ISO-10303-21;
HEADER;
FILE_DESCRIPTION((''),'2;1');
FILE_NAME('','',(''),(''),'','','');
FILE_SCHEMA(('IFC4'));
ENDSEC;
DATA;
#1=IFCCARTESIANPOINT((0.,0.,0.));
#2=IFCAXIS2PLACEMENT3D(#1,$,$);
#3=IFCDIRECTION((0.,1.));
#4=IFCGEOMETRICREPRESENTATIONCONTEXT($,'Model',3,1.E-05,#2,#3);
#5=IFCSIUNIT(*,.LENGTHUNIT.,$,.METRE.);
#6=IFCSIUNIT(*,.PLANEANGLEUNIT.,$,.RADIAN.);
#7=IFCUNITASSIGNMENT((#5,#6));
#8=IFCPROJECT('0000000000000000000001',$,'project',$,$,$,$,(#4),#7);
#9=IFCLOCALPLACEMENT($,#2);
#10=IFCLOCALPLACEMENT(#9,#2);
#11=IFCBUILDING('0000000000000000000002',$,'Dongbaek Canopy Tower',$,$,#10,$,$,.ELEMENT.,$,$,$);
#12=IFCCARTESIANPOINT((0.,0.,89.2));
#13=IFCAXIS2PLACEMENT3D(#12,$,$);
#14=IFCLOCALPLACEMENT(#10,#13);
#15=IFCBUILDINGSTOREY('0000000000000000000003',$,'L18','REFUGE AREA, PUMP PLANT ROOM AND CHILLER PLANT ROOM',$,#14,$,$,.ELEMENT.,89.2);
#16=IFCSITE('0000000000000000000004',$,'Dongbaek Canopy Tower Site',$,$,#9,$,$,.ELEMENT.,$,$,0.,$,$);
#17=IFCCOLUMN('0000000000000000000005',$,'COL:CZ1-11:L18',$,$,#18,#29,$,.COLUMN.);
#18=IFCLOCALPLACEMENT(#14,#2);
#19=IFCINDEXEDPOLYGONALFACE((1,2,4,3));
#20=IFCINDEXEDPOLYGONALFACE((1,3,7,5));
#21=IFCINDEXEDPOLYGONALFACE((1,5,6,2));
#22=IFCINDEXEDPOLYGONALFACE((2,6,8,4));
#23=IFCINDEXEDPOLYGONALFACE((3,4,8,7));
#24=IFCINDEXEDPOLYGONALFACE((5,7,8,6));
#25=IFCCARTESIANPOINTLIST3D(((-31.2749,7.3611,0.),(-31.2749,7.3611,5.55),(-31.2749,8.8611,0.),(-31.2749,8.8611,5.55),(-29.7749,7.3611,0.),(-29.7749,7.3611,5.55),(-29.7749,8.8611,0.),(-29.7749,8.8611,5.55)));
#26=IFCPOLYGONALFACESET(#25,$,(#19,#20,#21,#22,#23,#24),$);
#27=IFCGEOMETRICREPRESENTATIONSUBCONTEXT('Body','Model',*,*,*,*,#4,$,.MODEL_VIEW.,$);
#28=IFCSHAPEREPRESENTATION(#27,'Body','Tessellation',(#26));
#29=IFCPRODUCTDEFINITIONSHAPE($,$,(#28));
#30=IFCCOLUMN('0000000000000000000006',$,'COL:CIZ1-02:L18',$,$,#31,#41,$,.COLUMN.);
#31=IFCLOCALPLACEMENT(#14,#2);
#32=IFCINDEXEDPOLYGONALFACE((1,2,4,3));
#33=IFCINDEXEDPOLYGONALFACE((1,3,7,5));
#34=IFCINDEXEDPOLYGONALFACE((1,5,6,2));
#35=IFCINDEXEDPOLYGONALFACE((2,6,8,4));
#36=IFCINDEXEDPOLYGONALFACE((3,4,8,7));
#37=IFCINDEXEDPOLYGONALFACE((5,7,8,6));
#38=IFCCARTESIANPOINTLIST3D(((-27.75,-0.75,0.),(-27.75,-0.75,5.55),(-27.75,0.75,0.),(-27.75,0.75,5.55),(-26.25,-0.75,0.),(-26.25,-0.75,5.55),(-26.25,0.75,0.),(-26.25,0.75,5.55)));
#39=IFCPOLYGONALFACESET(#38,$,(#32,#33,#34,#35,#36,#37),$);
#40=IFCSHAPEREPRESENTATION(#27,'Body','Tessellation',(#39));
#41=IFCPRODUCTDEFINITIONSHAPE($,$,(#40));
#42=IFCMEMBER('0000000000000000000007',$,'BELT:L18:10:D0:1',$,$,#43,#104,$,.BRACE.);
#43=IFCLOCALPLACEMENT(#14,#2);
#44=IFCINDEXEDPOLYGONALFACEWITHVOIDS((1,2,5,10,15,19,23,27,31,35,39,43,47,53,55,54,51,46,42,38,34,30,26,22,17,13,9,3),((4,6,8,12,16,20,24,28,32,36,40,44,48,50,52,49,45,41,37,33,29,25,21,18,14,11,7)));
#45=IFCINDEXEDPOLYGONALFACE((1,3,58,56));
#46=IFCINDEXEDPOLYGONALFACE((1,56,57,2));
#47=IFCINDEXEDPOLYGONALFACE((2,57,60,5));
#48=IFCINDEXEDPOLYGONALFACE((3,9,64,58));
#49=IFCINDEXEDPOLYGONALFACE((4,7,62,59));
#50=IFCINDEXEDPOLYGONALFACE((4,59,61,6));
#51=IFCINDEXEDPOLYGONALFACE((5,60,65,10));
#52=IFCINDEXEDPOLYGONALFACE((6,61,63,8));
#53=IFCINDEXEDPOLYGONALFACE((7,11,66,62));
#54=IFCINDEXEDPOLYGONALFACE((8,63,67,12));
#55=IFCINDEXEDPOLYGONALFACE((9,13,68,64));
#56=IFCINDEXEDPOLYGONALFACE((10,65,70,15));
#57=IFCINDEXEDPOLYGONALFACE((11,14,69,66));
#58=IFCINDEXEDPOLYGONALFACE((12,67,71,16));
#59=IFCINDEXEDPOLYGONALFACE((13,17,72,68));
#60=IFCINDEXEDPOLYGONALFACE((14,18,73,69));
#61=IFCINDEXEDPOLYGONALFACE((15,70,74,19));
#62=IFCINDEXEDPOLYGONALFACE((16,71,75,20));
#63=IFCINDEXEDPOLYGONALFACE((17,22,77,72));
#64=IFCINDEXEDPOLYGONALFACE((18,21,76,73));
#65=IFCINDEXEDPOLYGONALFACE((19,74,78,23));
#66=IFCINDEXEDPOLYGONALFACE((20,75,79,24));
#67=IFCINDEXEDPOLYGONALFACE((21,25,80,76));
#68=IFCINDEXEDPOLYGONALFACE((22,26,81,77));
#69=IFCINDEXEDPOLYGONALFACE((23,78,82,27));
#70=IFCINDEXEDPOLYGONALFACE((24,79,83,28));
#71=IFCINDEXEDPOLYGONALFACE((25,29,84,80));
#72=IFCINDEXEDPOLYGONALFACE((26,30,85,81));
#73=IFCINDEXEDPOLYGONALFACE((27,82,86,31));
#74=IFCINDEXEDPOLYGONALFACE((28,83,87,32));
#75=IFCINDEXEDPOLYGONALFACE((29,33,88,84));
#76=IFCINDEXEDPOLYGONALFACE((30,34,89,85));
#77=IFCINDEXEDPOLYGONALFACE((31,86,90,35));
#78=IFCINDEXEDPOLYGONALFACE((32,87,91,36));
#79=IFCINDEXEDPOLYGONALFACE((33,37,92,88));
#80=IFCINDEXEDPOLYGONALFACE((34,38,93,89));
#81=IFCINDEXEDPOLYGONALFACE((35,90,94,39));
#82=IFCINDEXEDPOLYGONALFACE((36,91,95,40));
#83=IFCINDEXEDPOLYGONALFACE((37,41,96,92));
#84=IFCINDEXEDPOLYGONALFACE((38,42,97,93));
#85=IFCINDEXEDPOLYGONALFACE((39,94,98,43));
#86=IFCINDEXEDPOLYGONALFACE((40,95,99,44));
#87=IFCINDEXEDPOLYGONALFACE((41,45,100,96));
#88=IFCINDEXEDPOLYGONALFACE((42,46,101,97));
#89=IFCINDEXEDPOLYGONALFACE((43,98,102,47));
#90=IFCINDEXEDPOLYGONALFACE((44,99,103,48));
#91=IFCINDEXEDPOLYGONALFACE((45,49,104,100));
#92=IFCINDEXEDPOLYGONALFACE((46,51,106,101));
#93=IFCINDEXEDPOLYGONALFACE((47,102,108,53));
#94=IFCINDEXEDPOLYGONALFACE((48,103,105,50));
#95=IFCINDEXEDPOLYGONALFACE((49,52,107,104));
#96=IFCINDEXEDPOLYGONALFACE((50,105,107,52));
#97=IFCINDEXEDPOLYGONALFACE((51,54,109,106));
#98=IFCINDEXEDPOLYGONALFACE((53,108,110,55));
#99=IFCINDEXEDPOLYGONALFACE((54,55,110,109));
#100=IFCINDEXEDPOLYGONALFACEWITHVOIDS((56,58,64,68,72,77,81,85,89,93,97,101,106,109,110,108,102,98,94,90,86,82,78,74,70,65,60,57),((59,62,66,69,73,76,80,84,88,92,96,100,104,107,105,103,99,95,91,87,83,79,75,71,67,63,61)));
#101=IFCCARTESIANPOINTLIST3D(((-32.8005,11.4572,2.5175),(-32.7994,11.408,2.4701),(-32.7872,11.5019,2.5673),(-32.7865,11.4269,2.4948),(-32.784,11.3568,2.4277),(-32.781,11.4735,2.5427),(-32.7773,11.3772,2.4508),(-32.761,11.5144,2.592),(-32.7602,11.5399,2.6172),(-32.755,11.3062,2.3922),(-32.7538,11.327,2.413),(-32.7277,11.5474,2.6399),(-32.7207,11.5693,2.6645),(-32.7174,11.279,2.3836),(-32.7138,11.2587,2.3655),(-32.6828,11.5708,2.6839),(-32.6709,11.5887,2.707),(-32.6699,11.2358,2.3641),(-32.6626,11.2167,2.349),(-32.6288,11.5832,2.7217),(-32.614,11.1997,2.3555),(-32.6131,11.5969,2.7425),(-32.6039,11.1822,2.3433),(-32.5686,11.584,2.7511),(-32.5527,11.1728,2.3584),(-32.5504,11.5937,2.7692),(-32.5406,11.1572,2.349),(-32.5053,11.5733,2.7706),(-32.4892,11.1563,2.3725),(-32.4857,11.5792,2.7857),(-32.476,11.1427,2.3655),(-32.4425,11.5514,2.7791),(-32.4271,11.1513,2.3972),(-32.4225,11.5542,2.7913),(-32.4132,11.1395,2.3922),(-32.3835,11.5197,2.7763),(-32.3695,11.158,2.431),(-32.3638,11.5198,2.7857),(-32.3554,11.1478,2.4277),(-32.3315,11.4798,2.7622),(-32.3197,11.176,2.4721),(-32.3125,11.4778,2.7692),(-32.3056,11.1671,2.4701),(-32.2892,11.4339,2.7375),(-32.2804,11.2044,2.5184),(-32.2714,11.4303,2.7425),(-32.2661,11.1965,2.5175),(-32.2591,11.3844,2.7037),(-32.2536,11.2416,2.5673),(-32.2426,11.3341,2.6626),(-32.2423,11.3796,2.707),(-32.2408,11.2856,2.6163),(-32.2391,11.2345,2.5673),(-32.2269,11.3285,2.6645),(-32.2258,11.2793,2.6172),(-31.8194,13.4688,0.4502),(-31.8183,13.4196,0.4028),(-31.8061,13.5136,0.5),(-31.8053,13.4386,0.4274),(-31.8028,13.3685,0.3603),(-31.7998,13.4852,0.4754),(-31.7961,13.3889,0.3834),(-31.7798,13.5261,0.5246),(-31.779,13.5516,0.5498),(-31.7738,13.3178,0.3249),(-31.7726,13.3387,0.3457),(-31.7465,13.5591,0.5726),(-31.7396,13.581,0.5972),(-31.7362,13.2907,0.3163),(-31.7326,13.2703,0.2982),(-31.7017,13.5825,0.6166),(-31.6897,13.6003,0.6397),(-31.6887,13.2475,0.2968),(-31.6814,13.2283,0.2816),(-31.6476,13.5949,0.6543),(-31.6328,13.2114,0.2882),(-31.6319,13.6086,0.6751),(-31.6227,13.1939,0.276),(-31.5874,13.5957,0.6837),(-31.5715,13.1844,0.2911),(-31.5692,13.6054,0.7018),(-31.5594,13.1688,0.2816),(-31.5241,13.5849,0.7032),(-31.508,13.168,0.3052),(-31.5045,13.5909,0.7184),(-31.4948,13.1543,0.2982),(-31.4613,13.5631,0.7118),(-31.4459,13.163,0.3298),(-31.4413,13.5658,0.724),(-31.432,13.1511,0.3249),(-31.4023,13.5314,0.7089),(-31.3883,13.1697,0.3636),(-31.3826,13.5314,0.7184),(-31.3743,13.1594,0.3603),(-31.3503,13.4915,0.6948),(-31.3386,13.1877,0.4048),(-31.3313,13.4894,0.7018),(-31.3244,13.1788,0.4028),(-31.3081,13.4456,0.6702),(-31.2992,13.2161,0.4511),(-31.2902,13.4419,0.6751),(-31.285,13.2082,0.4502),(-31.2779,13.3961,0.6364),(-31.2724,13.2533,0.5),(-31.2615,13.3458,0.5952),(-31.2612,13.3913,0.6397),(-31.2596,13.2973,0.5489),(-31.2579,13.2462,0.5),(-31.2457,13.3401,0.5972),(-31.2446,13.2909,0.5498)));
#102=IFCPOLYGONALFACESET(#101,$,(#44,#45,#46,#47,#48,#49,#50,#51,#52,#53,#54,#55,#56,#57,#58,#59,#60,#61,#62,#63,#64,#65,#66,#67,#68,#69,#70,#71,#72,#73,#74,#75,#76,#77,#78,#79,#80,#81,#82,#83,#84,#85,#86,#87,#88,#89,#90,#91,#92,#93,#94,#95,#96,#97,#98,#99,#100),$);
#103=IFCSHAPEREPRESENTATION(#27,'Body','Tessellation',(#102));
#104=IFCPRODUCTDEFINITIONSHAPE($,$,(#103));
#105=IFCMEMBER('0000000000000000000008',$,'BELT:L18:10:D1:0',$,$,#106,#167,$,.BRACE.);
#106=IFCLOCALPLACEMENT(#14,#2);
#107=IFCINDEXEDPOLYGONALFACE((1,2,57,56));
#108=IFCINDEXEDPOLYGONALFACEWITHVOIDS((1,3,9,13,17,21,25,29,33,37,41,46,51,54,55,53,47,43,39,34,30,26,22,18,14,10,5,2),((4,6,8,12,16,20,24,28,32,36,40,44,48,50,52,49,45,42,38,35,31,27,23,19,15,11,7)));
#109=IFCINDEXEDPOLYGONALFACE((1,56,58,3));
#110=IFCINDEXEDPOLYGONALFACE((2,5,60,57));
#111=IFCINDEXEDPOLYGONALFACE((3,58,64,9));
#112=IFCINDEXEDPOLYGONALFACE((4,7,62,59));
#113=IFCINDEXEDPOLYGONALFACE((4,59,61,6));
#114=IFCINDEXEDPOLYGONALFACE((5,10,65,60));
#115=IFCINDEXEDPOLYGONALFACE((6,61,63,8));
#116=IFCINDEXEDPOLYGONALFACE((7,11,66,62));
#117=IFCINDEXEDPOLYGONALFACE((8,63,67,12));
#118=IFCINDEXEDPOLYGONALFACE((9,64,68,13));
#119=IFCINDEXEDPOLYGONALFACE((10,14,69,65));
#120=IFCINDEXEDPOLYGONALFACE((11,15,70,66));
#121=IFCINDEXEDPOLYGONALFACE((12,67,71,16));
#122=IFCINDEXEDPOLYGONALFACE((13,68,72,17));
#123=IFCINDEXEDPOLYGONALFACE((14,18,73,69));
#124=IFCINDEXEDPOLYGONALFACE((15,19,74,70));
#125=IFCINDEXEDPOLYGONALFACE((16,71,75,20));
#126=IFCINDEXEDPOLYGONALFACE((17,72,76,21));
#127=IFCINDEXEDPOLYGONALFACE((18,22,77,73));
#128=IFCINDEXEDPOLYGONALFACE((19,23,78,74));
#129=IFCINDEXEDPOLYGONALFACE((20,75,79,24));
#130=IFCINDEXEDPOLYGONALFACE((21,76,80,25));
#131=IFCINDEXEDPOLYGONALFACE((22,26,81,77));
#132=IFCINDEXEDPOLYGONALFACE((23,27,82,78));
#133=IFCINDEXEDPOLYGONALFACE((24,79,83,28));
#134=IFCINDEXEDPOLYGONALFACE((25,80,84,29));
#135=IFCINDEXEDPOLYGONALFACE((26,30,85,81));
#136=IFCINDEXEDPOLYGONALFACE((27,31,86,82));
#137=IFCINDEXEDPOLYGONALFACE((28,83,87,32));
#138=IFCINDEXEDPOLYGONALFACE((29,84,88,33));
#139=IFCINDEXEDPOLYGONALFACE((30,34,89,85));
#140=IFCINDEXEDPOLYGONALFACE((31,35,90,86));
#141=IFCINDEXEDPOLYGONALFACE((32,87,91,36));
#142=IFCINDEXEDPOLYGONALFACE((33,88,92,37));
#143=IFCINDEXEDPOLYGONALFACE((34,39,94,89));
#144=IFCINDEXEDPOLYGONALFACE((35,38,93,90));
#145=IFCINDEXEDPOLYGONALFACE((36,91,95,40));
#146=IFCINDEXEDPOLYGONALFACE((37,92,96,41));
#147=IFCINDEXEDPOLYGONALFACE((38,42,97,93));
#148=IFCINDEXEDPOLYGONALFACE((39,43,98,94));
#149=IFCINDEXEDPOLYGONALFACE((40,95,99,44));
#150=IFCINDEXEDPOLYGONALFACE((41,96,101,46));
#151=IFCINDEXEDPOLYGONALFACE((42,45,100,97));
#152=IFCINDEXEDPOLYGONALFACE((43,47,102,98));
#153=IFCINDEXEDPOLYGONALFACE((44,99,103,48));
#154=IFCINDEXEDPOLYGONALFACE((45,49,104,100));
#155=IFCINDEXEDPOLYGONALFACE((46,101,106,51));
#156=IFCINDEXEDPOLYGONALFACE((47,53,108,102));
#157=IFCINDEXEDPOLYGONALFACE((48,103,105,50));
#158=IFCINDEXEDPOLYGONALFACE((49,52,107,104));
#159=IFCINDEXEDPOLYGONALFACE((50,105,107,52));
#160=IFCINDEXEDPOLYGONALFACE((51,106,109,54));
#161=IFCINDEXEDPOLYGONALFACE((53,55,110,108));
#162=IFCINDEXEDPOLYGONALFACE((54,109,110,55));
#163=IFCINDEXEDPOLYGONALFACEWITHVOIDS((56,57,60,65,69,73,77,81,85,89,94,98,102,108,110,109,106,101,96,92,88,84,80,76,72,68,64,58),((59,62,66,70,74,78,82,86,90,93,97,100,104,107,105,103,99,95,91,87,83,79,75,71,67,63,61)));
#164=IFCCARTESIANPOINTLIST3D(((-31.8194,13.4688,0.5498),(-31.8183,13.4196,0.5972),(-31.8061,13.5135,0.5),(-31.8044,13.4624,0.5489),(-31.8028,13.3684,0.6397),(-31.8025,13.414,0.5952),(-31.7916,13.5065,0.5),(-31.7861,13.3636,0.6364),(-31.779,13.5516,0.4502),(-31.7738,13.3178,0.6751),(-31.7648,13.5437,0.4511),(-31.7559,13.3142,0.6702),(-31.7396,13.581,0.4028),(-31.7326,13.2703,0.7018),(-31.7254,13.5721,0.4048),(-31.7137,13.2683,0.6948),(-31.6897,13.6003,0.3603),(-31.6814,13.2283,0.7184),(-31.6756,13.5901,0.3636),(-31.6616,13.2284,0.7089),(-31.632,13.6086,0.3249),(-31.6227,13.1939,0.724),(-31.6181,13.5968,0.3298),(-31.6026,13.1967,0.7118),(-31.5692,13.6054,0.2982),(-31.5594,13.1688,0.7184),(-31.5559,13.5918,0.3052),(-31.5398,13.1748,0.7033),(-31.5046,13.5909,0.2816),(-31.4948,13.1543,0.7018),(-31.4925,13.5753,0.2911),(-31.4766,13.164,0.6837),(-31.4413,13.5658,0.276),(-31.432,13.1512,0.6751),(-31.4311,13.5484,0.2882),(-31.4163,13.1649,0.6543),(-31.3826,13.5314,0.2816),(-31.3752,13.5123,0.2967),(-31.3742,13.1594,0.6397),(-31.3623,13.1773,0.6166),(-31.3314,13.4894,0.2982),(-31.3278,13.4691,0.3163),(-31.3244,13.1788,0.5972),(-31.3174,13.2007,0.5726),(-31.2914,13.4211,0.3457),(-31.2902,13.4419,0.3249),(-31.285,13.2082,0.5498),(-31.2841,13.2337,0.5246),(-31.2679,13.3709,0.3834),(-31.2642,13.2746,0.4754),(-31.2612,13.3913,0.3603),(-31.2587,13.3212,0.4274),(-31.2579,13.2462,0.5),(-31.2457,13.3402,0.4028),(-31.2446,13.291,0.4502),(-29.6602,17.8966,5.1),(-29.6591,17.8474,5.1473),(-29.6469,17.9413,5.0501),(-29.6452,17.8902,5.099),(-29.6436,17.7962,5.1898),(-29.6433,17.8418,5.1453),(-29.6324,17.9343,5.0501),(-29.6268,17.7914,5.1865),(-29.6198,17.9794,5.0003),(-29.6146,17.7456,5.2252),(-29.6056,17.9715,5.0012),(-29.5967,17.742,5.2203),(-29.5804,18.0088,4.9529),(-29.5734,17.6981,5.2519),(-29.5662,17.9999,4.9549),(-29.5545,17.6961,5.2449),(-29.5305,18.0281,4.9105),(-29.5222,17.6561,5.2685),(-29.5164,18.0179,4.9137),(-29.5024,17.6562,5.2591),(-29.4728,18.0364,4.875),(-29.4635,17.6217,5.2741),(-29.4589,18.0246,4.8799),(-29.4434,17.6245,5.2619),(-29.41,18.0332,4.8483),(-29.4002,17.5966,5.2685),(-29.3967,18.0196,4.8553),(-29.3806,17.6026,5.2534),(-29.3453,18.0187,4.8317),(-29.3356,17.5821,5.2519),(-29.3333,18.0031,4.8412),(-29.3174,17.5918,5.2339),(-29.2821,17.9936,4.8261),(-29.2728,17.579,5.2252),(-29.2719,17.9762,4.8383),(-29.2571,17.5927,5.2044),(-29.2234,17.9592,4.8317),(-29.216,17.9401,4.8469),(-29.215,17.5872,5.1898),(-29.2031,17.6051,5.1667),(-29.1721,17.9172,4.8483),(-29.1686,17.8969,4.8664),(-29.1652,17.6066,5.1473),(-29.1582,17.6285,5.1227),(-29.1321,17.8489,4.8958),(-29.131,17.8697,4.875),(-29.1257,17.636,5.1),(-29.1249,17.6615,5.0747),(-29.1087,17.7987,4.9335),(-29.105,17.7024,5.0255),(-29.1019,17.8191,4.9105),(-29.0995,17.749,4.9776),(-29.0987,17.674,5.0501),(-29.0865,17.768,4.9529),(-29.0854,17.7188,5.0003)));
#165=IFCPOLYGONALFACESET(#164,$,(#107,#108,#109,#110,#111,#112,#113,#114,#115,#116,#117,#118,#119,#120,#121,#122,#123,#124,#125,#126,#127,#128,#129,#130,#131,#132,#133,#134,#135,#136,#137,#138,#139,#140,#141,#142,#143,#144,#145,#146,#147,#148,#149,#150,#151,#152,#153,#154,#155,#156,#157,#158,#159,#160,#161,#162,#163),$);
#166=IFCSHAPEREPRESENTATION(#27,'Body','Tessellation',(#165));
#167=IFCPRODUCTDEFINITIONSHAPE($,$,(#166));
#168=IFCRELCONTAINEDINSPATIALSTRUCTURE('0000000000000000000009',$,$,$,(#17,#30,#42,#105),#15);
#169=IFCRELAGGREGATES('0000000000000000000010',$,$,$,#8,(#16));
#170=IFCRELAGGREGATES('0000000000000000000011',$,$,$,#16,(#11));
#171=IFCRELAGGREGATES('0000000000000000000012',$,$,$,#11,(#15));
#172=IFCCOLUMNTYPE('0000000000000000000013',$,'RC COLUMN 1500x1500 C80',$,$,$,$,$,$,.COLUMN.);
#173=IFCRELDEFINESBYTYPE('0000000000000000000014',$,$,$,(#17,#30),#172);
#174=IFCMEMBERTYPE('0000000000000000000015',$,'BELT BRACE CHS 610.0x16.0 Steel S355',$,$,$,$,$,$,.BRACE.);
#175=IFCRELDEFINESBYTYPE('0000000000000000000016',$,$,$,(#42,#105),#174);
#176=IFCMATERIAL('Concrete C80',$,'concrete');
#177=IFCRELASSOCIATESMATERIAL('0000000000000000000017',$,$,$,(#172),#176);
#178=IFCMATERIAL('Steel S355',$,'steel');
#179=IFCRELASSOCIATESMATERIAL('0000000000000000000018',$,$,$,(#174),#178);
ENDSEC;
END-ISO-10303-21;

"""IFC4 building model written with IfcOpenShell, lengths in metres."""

from ifc_helpers import new_model, si_unit, direction, frame, origin, origin_2d, place, context, subcontext, project, spatial, rectangle, hollow_circle, extrude, material, material_profile, profile_set, type_object, element, save


model = new_model("IFC4")

# Units and contexts
model_context = context("Model", 3, precision=1e-05, world=origin(), true_north=direction((0.0, 1.0)))
body_context = subcontext(model_context, "Body", "Model", "MODEL_VIEW")
ifc_project = project(units=[si_unit("LENGTHUNIT", "METRE"), si_unit("PLANEANGLEUNIT", "RADIAN")], contexts=[model_context])

# Site, building, storey
site_placement = place(None, origin())
site = spatial("IfcSite", under=ifc_project, at=site_placement, Name="Dongbaek Canopy Tower Site", CompositionType="ELEMENT", RefElevation=0.0)
building_placement = place(site_placement, origin())
building = spatial("IfcBuilding", under=site, at=building_placement, Name="Dongbaek Canopy Tower", CompositionType="ELEMENT")
storey_placement = place(building_placement, frame((0.0, 0.0, 89.2)))
storey = spatial("IfcBuildingStorey", under=building, at=storey_placement, Name="L18", Description="REFUGE AREA, PUMP PLANT ROOM AND CHILLER PLANT ROOM", CompositionType="ELEMENT", Elevation=89.2)

# Columns
ifc_material_1 = material(Name="Concrete C80", Category="concrete")
ifc_material_profile_1 = material_profile(ifc_material_1, rectangle(XDim=1.5, YDim=1.5, at=origin_2d()), Name="RC COLUMN 1500x1500 C80")
ifc_profile_set_1 = profile_set([ifc_material_profile_1], Name="Concrete C80")
column_type = type_object("IfcColumnType", Name="RC COLUMN 1500x1500 C80", PredefinedType="COLUMN", material=ifc_profile_set_1)
for number, where, z_axis, x_axis, name in (
    (1, (-30.5249, 8.1111, 0.0), (0.0, 0.0, 1.0), (1.0, 0.0, 0.0), "COL:CZ1-11:L18"),
    (2, (-27.0, 0.0, 0.0), (0.0, 0.0, 1.0), (1.0, 0.0, 0.0), "COL:CIZ1-02:L18"),
):
    element("IfcColumn", number, at=place(storey_placement, frame(where, z_axis=z_axis, x_axis=x_axis)), inside=storey, type_object=column_type, Name=name, PredefinedType="COLUMN", context=body_context, shape_type="SweptSolid", body=[
        extrude(rectangle(XDim=1.5, YDim=1.5, at=origin_2d()), origin(), (0.0, 0.0, 1.0), 5.55),
    ])

# Members
ifc_material_2 = material(Name="Steel S355", Category="steel")
ifc_material_profile_2 = material_profile(ifc_material_2, hollow_circle(Radius=0.3049, WallThickness=0.0161, at=origin_2d()), Name="BELT BRACE CHS 610.0x16.0 Steel S355")
ifc_profile_set_2 = profile_set([ifc_material_profile_2], Name="Steel S355")
member_type_1 = type_object("IfcMemberType", Name="BELT BRACE CHS 610.0x16.0 Steel S355", PredefinedType="BRACE", material=ifc_profile_set_2)
member_1_placement = place(storey_placement, frame((-31.532, 13.3799, 0.5), z_axis=(-0.322028, -0.660242, 0.678511), x_axis=(0.89879, -0.438379, 0.0)))
element("IfcMember", 3, at=member_1_placement, inside=storey, type_object=member_type_1, Name="BELT:L18:10:D0:1", PredefinedType="BRACE", context=body_context, shape_type="SweptSolid", body=[
    extrude(hollow_circle(Radius=0.3049, WallThickness=0.0161, at=origin_2d()), origin(), (0.0, 0.0, 1.0), 3.0469),
])
member_2_placement = place(storey_placement, frame((-31.532, 13.3799, 0.5), z_axis=(0.321979, 0.660269, 0.678509), x_axis=(-0.898824, 0.43831, 0.0)))
element("IfcMember", 4, at=member_2_placement, inside=storey, type_object=member_type_1, Name="BELT:L18:10:D1:0", PredefinedType="BRACE", context=body_context, shape_type="SweptSolid", body=[
    extrude(hollow_circle(Radius=0.3049, WallThickness=0.0161, at=origin_2d()), origin(), (0.0, 0.0, 1.0), 6.7061),
])

save(model, "model.ifc")
